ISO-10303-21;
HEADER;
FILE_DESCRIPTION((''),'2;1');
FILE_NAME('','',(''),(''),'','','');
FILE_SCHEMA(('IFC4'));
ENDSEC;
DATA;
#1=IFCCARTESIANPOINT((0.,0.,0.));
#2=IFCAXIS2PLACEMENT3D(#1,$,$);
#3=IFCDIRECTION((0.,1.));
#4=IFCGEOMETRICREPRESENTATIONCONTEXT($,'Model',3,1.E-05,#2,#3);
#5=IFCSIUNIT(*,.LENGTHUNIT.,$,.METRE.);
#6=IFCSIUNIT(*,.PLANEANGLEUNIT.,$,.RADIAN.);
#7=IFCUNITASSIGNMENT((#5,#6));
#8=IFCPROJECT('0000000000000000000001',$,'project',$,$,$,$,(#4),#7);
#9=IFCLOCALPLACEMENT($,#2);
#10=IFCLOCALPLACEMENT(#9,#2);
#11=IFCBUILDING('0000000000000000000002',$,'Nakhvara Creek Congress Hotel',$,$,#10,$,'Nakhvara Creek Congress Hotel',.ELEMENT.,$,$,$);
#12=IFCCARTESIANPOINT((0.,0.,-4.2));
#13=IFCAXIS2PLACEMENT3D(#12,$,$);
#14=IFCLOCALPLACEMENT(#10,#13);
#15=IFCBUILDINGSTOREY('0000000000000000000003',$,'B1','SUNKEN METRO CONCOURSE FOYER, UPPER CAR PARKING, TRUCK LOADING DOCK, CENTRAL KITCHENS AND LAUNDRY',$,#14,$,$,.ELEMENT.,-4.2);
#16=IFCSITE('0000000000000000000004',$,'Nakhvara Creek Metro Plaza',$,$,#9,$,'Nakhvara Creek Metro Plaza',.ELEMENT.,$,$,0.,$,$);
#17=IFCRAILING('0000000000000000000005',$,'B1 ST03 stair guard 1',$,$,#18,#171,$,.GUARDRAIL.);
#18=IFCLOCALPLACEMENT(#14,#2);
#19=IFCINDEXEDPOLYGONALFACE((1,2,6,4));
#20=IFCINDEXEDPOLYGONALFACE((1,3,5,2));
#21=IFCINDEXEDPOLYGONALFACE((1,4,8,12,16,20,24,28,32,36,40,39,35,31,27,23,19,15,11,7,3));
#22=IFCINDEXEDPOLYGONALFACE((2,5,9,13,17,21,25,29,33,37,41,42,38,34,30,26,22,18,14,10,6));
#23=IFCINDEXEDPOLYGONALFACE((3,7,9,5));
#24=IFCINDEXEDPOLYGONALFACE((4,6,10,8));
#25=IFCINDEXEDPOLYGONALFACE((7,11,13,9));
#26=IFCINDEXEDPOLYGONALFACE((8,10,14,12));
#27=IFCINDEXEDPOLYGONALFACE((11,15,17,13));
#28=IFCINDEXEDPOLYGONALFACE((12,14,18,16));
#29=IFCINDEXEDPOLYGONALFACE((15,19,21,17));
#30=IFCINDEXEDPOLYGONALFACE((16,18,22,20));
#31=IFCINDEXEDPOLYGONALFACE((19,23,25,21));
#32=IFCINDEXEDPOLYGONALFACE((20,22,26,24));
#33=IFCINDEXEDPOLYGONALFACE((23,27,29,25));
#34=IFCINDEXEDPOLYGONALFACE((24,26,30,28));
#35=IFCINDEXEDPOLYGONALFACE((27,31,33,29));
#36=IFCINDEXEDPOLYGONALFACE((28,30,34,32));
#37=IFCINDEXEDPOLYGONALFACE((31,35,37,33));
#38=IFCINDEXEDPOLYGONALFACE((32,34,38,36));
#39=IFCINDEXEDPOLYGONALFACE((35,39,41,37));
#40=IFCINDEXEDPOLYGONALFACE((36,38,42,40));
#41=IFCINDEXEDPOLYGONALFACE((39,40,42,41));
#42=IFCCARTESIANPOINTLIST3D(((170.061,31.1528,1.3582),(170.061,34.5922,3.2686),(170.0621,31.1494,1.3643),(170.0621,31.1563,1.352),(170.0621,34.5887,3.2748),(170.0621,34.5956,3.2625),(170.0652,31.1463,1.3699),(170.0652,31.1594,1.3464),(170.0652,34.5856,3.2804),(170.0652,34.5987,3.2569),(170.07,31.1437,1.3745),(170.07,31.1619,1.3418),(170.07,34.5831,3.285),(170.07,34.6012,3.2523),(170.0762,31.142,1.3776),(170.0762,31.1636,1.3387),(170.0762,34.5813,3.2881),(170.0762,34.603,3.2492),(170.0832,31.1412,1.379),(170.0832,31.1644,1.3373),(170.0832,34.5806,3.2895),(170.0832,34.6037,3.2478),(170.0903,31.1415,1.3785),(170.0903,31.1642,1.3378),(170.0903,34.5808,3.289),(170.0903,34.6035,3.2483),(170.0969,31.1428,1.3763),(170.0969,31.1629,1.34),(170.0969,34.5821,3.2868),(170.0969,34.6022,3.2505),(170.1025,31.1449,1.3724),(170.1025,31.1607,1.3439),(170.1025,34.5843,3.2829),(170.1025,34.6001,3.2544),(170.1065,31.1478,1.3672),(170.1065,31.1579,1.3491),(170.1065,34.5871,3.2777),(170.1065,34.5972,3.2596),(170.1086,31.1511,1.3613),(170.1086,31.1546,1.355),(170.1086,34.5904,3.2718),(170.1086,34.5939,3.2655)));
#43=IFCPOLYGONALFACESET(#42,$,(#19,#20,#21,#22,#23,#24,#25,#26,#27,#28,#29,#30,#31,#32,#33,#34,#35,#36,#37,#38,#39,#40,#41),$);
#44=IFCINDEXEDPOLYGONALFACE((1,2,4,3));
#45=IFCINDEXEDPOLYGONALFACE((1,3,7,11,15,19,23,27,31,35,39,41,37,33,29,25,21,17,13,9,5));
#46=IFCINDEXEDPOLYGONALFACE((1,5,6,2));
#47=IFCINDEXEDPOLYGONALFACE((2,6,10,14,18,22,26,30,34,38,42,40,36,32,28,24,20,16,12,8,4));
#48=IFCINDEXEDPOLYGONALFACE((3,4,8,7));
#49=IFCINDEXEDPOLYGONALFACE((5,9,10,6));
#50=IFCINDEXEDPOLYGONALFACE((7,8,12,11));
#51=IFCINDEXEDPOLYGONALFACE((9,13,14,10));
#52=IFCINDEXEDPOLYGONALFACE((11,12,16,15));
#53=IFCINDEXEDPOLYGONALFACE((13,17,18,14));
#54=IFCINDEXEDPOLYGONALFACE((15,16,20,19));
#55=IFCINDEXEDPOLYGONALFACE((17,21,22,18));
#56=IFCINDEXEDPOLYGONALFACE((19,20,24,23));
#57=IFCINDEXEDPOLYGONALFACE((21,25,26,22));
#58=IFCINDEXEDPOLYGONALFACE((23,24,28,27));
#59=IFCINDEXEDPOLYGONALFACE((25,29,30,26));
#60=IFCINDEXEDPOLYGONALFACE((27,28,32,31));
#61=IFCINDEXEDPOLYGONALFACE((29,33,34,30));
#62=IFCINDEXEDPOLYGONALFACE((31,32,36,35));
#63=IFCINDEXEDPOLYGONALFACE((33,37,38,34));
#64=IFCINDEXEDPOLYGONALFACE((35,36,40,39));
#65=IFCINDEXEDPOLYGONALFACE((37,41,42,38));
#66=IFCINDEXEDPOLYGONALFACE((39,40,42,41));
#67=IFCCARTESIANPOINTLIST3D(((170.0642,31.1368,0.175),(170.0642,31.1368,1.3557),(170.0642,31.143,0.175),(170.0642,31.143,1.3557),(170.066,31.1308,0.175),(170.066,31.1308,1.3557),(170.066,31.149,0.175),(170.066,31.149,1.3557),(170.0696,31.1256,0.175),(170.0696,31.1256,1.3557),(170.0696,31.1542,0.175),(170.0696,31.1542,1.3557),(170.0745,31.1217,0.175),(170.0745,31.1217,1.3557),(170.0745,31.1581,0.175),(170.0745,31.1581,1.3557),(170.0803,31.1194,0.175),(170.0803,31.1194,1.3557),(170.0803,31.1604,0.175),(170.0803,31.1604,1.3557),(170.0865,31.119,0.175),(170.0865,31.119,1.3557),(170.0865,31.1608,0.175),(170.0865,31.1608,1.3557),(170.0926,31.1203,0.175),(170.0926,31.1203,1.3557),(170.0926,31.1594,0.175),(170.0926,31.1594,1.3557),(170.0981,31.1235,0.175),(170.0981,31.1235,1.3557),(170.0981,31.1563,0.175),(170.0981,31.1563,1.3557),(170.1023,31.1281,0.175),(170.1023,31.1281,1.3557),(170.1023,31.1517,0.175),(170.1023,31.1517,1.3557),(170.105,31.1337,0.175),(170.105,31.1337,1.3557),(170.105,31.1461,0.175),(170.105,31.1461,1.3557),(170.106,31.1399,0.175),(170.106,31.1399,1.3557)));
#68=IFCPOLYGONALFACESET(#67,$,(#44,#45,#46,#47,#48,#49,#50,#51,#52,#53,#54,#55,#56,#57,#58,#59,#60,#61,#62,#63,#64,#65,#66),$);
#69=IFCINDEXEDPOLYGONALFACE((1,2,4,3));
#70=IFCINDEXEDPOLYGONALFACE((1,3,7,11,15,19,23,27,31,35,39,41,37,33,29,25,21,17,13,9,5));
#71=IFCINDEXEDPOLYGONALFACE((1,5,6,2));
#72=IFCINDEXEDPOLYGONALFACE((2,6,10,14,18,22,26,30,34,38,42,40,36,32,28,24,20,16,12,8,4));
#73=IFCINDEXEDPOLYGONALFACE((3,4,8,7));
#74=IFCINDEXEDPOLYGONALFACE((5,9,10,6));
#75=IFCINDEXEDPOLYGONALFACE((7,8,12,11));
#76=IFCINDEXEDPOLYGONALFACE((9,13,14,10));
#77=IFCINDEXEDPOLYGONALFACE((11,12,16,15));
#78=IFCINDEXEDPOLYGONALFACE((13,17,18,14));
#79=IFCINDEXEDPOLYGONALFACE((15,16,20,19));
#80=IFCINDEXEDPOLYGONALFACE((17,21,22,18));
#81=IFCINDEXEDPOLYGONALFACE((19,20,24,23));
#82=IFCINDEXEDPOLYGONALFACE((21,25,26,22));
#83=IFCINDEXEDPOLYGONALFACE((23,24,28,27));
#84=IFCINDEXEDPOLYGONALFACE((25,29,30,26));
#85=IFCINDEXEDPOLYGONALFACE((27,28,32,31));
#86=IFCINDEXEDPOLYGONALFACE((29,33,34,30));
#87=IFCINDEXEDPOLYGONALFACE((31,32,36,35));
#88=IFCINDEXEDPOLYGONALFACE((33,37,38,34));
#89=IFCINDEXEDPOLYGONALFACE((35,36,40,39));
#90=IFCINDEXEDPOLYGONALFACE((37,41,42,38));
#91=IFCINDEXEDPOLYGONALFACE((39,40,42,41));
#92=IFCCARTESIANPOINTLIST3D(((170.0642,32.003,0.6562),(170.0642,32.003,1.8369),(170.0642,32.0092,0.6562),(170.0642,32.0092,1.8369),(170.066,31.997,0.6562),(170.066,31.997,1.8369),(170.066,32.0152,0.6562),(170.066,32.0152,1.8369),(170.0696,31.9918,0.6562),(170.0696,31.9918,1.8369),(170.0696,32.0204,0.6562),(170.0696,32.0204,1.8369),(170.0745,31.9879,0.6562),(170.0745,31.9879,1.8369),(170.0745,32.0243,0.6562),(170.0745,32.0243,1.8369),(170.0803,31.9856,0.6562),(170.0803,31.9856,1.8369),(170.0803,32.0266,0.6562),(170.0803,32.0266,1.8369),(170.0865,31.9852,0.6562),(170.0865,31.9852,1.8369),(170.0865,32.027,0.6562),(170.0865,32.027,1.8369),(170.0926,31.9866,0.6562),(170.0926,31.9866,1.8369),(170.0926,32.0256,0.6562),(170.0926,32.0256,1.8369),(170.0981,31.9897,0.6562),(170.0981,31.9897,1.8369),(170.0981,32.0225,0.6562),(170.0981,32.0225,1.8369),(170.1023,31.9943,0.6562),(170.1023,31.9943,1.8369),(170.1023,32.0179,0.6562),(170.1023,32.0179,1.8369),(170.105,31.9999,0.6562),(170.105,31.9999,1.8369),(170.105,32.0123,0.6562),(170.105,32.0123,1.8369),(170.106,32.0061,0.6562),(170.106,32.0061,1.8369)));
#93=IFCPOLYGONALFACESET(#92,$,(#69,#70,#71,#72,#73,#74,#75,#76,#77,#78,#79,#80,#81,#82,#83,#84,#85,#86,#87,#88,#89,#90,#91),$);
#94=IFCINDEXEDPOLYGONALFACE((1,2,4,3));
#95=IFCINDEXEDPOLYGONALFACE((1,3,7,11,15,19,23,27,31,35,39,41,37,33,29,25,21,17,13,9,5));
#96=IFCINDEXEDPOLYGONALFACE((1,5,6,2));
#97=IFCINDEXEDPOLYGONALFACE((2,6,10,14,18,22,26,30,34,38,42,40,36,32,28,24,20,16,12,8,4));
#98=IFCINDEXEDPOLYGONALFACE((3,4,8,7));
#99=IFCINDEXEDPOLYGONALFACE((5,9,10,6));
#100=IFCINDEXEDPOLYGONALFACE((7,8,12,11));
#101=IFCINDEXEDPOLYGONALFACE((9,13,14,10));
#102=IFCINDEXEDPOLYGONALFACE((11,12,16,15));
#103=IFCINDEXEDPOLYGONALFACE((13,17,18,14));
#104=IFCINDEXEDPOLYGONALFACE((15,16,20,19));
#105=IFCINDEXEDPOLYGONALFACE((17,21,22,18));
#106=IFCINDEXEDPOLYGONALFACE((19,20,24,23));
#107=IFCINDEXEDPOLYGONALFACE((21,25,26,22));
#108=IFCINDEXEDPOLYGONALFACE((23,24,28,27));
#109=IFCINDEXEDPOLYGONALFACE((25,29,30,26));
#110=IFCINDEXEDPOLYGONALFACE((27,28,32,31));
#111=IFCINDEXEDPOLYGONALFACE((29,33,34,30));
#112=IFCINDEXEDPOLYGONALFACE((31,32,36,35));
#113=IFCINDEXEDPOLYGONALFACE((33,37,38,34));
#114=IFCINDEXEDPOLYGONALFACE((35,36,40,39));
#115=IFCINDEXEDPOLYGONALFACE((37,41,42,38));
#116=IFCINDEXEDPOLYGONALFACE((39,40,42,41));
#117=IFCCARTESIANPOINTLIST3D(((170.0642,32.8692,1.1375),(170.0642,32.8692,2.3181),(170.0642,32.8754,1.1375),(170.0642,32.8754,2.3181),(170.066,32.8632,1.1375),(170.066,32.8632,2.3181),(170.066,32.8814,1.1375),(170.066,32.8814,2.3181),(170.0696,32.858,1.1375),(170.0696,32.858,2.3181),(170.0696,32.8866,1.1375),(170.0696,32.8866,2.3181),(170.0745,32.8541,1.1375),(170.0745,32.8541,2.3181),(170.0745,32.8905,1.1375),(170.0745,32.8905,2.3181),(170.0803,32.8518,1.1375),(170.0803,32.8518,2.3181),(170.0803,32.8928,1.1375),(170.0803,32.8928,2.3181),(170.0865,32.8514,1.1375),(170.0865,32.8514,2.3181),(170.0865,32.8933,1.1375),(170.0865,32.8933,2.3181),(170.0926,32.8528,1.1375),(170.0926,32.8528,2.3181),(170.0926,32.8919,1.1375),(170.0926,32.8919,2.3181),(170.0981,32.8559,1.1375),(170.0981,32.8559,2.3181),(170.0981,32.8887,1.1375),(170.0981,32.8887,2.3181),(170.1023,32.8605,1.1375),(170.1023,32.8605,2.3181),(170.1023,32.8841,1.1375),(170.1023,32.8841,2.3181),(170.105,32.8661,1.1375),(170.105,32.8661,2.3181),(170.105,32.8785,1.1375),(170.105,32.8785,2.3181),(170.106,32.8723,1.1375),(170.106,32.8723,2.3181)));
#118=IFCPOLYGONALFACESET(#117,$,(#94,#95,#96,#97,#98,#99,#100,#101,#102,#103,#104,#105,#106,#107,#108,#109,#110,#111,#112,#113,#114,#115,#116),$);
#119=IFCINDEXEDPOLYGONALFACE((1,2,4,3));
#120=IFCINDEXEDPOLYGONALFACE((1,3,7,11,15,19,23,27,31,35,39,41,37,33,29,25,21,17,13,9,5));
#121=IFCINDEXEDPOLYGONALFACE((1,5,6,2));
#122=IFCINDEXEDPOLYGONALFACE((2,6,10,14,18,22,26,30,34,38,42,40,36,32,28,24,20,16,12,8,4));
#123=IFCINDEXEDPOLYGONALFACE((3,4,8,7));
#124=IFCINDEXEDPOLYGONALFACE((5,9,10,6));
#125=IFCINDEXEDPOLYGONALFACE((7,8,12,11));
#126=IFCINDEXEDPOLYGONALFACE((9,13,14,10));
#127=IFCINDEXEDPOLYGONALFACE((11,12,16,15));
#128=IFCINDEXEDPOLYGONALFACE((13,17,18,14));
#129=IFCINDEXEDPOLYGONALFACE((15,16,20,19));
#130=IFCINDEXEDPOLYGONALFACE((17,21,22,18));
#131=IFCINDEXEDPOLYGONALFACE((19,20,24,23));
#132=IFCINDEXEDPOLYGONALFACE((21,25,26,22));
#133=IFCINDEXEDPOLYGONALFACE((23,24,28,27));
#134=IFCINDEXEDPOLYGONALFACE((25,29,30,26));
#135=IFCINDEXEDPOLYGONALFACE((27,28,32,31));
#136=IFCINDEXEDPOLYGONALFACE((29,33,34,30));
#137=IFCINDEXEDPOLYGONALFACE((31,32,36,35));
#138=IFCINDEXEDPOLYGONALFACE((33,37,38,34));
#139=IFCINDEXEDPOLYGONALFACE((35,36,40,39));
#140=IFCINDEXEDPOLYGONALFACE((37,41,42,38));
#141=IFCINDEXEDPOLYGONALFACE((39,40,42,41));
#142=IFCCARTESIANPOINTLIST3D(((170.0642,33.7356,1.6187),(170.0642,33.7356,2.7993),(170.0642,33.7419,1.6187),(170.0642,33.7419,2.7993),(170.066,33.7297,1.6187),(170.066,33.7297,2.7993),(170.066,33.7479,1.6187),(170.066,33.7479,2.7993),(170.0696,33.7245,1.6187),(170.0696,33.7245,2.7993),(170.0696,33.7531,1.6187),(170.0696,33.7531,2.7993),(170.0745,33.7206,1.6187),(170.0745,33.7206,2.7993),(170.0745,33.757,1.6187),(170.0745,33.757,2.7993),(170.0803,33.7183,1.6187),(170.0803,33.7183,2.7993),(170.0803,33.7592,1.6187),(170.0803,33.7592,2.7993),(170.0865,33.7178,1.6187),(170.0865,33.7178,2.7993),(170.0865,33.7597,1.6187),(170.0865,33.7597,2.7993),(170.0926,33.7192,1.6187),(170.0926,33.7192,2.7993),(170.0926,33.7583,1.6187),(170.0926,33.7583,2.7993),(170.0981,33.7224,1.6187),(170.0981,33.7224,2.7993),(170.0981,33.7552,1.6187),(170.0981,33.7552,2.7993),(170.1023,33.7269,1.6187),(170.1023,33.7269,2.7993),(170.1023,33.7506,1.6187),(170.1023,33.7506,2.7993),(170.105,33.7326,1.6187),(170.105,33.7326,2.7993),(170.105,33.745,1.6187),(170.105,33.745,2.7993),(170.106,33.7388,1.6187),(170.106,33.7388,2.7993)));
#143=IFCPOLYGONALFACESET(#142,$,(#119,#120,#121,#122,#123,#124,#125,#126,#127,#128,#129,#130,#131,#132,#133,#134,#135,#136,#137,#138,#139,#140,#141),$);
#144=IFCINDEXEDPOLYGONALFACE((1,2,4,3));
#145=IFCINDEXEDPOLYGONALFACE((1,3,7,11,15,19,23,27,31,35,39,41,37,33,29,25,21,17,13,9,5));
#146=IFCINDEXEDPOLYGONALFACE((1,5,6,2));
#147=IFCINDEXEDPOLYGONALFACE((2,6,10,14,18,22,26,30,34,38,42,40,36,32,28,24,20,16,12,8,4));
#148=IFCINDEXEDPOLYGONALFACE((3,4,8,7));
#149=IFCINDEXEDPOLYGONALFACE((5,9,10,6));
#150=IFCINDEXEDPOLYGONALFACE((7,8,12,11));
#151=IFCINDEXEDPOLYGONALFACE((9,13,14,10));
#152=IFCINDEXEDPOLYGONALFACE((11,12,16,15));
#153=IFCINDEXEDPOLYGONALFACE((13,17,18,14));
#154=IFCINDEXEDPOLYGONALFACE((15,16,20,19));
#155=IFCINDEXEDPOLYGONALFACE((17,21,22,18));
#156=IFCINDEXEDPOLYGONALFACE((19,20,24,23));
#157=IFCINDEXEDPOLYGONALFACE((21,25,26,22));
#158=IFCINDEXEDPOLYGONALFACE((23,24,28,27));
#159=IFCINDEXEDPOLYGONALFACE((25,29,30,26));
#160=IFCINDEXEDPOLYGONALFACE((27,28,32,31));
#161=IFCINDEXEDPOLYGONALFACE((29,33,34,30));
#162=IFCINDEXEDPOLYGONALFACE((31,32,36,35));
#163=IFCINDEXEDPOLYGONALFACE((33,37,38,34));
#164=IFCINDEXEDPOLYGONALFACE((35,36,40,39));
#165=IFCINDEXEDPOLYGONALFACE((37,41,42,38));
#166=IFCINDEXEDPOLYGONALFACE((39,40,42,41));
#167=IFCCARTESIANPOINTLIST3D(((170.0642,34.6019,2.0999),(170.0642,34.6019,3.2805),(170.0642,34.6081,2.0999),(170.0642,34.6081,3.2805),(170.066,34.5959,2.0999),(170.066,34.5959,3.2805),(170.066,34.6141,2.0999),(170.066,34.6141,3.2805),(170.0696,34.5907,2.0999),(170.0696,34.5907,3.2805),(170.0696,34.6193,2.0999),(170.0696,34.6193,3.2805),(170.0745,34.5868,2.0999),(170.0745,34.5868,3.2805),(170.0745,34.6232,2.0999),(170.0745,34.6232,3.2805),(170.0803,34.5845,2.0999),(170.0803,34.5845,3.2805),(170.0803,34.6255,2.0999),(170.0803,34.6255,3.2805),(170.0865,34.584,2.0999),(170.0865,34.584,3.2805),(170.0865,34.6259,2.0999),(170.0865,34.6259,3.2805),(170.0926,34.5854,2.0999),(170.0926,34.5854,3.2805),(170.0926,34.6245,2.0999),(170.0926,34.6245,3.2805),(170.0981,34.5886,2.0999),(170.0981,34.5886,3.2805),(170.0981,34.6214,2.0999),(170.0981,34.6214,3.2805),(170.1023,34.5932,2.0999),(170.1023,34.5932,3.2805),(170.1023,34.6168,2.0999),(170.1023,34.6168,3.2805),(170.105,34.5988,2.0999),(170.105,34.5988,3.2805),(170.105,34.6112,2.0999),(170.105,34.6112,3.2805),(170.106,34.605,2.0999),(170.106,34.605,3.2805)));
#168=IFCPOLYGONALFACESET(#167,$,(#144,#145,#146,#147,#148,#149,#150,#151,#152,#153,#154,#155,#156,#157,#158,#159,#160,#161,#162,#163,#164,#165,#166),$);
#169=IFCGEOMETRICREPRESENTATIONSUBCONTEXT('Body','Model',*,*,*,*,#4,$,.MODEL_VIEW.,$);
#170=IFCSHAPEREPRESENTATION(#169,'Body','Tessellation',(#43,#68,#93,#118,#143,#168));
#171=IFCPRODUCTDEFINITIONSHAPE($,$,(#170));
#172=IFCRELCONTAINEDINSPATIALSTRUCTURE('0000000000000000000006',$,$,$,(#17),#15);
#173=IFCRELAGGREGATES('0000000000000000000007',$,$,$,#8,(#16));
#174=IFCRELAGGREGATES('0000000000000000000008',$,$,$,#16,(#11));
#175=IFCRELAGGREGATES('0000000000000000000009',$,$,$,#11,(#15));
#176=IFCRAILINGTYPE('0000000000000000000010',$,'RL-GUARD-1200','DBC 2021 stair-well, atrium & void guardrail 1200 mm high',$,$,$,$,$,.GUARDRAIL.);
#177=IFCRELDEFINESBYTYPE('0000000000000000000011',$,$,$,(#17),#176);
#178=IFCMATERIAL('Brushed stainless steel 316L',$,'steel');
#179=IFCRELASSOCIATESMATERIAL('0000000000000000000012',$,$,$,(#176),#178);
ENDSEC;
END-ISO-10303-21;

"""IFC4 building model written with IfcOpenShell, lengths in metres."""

from ifc_helpers import new_model, si_unit, direction, frame, origin, origin_2d, place, context, subcontext, project, spatial, circle, extrude, material, type_object, element, save


model = new_model("IFC4")

# Units and contexts
model_context = context("Model", 3, precision=1e-05, world=origin(), true_north=direction((0.0, 1.0)))
body_context = subcontext(model_context, "Body", "Model", "MODEL_VIEW")
ifc_project = project(units=[si_unit("LENGTHUNIT", "METRE"), si_unit("PLANEANGLEUNIT", "RADIAN")], contexts=[model_context])

# Site, building, storey
site_placement = place(None, origin())
site = spatial("IfcSite", under=ifc_project, at=site_placement, Name="Nakhvara Creek Metro Plaza", LongName="Nakhvara Creek Metro Plaza", CompositionType="ELEMENT", RefElevation=0.0)
building_placement = place(site_placement, origin())
building = spatial("IfcBuilding", under=site, at=building_placement, Name="Nakhvara Creek Congress Hotel", LongName="Nakhvara Creek Congress Hotel", CompositionType="ELEMENT")
storey_placement = place(building_placement, frame((0.0, 0.0, -4.2)))
storey = spatial("IfcBuildingStorey", under=building, at=storey_placement, Name="B1", Description="SUNKEN METRO CONCOURSE FOYER, UPPER CAR PARKING, TRUCK LOADING DOCK, CENTRAL KITCHENS AND LAUNDRY", CompositionType="ELEMENT", Elevation=-4.2)

# Railing
ifc_material_1 = material(Name="Brushed stainless steel 316L", Category="steel")
railing_type_1 = type_object("IfcRailingType", Name="RL-GUARD-1200", Description="DBC 2021 stair-well, atrium & void guardrail 1200 mm high", PredefinedType="GUARDRAIL", material=ifc_material_1)
railing_1_placement = place(storey_placement, frame((170.085, 31.1399, 0.175)))
element("IfcRailing", 1, at=railing_1_placement, inside=storey, type_object=railing_type_1, Name="B1 ST03 stair guard 1", PredefinedType="GUARDRAIL", context=body_context, shape_type="SweptSolid", body=[
    extrude(circle(Radius=0.0239, at=origin_2d()), frame((0.0, 0.0129, 1.1831), z_axis=(0.0, 0.874183, 0.485596), x_axis=(-1.0, 0.0, 0.0)), (0.0, 0.0, 1.0), 3.9343),
    extrude(circle(Radius=0.021, at=origin_2d()), origin(), (0.0, 0.0, 1.0), 1.1807),
    extrude(circle(Radius=0.021, at=origin_2d()), frame((0.0, 0.8662, 0.4812)), (0.0, 0.0, 1.0), 1.1807),
    extrude(circle(Radius=0.021, at=origin_2d()), frame((0.0, 1.7324, 0.9624)), (0.0, 0.0, 1.0), 1.1807),
    extrude(circle(Radius=0.021, at=origin_2d()), frame((0.0, 2.5989, 1.4436)), (0.0, 0.0, 1.0), 1.1807),
    extrude(circle(Radius=0.021, at=origin_2d()), frame((0.0, 3.4651, 1.9248)), (0.0, 0.0, 1.0), 1.1807),
])

save(model, "model.ifc")
